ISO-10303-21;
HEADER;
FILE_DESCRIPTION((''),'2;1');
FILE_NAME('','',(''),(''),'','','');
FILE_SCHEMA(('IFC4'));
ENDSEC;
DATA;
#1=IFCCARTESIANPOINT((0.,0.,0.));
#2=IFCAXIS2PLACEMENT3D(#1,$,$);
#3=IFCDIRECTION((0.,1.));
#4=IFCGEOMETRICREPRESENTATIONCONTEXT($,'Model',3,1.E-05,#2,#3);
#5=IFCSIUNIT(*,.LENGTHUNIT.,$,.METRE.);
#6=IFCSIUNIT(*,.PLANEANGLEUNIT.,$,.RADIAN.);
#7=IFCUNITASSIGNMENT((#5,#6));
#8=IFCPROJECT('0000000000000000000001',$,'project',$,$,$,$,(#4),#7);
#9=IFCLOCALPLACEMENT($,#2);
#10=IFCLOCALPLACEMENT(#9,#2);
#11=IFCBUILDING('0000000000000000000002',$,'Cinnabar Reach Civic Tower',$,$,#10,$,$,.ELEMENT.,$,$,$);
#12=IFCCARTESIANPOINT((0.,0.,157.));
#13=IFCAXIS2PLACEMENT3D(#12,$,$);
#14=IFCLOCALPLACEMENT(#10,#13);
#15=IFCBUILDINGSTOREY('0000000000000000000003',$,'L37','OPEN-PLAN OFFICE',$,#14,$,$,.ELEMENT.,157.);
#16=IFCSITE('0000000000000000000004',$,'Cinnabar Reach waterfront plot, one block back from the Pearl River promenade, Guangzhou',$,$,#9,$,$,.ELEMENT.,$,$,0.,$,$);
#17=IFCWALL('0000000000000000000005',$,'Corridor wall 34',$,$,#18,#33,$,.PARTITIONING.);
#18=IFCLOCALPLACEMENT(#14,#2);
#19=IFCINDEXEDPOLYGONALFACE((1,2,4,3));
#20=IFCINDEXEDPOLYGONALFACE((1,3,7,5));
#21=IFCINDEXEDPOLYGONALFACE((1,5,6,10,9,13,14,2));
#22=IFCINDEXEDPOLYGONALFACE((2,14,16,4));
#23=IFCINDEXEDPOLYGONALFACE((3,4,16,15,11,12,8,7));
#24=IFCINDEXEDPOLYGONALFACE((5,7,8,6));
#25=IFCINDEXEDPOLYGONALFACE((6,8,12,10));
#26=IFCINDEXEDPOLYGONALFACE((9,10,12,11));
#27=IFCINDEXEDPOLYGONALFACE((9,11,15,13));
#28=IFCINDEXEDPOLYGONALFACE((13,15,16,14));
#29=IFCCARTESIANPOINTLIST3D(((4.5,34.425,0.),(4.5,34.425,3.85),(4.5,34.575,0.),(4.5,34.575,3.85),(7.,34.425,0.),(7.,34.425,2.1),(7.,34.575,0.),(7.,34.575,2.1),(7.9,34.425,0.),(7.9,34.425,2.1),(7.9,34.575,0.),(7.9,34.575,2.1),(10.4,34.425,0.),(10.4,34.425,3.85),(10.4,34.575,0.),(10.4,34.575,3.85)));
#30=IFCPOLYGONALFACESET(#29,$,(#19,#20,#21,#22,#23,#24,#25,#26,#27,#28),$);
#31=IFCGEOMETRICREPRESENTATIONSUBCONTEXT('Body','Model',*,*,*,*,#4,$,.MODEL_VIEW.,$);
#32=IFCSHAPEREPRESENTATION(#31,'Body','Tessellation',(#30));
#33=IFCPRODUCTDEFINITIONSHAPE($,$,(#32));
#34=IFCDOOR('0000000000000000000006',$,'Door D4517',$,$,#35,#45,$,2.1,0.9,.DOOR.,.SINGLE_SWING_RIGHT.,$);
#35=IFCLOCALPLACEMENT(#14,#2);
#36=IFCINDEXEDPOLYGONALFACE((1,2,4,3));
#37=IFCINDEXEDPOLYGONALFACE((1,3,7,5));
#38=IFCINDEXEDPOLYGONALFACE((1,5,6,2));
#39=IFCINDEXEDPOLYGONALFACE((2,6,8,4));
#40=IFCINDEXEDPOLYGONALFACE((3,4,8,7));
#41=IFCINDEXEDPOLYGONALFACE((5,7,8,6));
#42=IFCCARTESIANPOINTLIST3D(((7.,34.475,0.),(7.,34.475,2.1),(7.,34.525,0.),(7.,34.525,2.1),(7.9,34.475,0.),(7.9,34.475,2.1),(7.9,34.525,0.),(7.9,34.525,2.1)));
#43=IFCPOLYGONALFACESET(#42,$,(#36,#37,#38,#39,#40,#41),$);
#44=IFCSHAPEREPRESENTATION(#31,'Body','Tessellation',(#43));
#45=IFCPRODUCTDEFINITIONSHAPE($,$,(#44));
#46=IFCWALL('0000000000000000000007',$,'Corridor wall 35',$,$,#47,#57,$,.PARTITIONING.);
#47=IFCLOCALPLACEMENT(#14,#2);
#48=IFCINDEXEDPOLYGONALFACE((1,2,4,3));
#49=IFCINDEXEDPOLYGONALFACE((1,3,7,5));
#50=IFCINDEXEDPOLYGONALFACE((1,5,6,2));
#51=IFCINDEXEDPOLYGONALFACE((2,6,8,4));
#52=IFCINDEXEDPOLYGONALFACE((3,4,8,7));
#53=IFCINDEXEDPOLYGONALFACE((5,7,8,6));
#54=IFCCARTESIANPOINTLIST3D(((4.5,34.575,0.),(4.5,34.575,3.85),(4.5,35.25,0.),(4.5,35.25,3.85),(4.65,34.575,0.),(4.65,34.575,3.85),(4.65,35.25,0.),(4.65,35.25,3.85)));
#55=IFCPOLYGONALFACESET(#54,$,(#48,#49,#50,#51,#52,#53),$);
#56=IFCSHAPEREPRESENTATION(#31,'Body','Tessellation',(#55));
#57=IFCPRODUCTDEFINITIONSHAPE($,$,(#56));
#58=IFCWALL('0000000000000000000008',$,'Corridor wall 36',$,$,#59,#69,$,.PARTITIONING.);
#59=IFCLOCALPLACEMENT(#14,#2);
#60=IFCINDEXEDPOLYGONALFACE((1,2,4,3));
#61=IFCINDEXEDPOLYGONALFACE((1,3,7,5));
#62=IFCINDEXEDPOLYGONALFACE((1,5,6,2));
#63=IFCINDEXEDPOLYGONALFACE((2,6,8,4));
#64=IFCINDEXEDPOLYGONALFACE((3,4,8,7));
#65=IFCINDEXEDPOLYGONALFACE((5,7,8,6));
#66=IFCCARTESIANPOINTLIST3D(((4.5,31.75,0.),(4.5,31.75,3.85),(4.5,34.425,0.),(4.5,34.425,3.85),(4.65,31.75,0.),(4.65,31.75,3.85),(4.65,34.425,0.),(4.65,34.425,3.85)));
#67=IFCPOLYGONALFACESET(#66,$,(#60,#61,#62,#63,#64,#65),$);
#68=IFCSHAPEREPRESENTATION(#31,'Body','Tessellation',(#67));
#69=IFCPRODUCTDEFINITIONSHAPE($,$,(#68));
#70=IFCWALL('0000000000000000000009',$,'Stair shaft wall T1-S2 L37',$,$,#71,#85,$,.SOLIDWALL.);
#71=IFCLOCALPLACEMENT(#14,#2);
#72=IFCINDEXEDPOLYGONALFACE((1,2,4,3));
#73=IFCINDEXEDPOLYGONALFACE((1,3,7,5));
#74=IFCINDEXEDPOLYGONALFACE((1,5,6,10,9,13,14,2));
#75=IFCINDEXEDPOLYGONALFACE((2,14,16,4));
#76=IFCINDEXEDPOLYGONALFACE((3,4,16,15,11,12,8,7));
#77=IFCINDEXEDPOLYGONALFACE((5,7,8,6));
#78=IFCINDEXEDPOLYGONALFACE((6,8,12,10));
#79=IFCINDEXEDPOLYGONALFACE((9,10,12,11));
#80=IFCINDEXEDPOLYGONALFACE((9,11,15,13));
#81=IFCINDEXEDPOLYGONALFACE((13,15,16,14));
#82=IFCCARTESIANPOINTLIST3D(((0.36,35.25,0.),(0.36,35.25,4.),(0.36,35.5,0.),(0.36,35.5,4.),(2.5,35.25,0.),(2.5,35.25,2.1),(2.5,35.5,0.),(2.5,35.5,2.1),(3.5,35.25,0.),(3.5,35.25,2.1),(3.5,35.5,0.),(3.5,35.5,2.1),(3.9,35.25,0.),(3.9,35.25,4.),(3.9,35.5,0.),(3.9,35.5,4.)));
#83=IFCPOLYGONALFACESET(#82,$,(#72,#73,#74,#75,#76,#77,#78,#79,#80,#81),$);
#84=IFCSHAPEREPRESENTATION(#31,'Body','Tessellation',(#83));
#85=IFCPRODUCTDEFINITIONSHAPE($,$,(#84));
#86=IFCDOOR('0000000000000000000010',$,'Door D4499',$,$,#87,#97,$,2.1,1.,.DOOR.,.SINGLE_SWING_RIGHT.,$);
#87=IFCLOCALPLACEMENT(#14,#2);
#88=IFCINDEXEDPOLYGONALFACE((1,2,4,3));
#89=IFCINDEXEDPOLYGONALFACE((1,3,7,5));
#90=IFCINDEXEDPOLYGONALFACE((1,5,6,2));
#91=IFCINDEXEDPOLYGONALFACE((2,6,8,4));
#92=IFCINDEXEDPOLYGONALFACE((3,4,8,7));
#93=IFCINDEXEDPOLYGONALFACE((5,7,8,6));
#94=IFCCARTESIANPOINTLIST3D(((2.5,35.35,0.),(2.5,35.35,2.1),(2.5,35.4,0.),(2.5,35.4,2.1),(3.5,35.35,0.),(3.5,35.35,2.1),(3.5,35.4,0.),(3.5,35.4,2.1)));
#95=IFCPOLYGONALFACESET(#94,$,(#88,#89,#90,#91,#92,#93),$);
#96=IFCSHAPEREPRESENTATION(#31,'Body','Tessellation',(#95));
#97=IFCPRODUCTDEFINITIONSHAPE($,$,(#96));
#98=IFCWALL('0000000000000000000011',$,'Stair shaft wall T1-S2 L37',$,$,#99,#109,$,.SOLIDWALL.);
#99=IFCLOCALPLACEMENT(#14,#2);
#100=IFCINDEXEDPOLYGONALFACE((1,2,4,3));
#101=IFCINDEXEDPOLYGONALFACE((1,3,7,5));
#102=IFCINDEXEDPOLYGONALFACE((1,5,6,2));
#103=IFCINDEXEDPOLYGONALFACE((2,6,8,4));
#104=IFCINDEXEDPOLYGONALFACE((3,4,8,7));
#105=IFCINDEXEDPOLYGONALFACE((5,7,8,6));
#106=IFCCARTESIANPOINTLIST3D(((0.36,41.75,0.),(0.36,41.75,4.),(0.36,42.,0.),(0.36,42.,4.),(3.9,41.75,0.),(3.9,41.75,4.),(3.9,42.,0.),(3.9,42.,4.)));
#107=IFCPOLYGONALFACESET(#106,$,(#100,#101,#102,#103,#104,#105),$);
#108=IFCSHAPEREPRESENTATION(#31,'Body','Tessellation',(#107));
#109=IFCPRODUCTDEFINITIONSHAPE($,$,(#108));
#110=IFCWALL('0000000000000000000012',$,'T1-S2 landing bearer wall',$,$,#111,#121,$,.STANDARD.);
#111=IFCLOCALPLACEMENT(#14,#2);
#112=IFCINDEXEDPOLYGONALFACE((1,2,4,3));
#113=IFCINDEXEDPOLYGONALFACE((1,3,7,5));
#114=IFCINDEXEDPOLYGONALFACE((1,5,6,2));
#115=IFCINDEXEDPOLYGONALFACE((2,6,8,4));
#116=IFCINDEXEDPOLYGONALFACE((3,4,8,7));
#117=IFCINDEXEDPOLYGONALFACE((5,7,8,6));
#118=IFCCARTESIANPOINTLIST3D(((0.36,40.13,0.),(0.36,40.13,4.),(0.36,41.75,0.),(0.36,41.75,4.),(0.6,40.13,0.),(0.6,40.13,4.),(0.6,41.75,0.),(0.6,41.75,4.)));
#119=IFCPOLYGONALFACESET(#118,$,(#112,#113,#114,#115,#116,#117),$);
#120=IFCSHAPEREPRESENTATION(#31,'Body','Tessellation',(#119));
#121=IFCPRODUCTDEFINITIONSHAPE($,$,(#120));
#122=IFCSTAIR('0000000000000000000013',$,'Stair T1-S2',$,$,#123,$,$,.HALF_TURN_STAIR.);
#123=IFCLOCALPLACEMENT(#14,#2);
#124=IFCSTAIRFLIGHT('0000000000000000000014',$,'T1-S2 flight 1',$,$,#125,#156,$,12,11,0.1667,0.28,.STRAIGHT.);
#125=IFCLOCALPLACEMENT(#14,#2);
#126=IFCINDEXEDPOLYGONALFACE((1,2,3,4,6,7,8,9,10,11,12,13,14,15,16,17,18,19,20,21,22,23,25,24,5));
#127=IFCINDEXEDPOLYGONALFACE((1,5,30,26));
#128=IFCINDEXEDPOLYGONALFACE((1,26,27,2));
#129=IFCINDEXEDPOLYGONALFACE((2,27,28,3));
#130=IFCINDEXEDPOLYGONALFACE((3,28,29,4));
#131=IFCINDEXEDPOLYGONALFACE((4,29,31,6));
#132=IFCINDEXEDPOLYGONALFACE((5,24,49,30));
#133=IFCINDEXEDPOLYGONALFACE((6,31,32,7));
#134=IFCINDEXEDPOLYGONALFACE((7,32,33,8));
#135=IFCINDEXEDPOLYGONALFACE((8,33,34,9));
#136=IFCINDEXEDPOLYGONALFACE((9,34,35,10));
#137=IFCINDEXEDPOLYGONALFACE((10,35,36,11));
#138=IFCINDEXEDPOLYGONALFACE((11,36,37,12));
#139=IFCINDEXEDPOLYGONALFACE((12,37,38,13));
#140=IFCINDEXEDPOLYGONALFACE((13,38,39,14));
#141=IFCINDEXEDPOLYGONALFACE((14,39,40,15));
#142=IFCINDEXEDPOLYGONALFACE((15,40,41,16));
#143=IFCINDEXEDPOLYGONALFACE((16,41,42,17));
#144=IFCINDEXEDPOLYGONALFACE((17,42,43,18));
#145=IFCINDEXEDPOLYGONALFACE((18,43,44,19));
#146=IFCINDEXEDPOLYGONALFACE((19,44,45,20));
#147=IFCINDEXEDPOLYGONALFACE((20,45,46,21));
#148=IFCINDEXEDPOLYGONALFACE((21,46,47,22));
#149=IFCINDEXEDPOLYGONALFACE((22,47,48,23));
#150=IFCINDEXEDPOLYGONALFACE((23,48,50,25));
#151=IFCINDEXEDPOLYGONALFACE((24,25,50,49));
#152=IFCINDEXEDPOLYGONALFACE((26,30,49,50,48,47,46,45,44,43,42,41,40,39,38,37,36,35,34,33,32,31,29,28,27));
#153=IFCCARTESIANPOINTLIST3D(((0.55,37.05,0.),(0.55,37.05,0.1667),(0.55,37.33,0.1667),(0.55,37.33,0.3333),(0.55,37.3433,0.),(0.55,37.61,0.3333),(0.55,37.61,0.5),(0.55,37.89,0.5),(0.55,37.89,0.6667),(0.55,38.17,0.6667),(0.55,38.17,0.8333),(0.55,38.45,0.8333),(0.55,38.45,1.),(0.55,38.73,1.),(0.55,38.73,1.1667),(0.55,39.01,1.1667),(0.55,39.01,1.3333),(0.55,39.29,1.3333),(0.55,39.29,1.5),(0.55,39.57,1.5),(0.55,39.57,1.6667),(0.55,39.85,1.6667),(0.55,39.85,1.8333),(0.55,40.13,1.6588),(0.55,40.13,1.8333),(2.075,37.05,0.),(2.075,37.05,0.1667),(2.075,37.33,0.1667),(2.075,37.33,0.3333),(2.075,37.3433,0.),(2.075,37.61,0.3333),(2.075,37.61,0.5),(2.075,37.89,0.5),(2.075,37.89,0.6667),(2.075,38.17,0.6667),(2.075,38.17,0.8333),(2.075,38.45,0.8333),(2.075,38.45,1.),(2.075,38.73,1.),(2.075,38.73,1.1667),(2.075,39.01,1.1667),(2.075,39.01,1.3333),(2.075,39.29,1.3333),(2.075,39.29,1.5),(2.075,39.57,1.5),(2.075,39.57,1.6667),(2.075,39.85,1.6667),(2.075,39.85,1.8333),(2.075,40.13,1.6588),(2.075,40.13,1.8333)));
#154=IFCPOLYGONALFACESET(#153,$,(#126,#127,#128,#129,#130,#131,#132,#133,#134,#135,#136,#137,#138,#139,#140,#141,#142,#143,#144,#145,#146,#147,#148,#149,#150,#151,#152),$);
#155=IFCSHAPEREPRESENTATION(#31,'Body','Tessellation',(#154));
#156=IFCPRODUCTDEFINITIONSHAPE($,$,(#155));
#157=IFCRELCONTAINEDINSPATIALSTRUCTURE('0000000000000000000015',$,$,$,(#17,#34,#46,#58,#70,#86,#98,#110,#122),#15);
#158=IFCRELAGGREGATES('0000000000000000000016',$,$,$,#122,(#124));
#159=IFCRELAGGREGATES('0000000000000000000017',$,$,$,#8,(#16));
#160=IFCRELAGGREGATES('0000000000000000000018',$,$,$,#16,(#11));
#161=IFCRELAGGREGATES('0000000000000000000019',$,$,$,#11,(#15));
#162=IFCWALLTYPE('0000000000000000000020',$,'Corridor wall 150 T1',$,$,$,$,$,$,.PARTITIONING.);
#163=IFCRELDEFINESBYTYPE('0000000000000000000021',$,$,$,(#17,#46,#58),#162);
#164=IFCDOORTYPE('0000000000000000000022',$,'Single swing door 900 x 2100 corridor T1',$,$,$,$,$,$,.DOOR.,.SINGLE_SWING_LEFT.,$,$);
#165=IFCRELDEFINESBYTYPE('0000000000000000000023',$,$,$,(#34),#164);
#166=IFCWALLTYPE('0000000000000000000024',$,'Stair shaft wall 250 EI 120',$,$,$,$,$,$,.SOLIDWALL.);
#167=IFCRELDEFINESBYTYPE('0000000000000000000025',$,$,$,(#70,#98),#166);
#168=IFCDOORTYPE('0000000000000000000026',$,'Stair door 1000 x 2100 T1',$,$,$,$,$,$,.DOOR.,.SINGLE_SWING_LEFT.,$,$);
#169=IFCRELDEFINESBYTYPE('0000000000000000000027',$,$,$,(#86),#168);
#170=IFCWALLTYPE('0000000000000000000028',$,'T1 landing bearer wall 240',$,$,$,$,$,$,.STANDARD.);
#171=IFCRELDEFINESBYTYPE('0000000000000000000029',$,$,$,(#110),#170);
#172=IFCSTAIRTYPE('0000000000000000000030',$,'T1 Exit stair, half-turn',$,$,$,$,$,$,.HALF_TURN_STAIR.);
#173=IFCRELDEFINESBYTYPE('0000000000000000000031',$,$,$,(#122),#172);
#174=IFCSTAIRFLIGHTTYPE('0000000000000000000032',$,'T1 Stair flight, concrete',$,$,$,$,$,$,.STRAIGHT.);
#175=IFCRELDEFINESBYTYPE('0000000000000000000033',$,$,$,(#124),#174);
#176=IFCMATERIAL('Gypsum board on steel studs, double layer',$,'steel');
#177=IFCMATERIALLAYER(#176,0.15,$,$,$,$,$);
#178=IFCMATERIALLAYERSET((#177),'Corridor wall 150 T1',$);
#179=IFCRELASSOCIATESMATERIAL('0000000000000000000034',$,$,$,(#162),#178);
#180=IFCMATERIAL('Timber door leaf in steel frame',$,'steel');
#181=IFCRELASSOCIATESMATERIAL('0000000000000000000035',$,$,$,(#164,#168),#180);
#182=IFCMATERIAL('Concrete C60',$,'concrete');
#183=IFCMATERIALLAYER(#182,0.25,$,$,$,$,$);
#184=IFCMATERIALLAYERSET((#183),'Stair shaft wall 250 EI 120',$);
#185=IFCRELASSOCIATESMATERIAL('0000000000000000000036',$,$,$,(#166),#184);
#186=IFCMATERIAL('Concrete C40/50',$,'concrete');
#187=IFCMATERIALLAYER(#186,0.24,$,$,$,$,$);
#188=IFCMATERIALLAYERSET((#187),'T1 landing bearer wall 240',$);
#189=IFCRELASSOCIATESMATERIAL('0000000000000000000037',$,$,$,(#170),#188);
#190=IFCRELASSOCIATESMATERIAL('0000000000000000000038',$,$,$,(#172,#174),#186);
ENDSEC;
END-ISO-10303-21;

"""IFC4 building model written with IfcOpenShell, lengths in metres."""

from ifc_helpers import new_model, si_unit, direction, frame, frame_2d, origin, place, context, subcontext, project, spatial, polyline, rectangle, outline, extrude, material, layer, layer_set, type_object, element, fill, aggregate, save


model = new_model("IFC4")

# Units and contexts
model_context = context("Model", 3, precision=1e-05, world=origin(), true_north=direction((0.0, 1.0)))
body_context = subcontext(model_context, "Body", "Model", "MODEL_VIEW")
ifc_project = project(units=[si_unit("LENGTHUNIT", "METRE"), si_unit("PLANEANGLEUNIT", "RADIAN")], contexts=[model_context])

# Site, building, storey
site_placement = place(None, origin())
site = spatial("IfcSite", under=ifc_project, at=site_placement, Name="Cinnabar Reach waterfront plot, one block back from the Pearl River promenade, Guangzhou", CompositionType="ELEMENT", RefElevation=0.0)
building_placement = place(site_placement, origin())
building = spatial("IfcBuilding", under=site, at=building_placement, Name="Cinnabar Reach Civic Tower", CompositionType="ELEMENT")
storey_placement = place(building_placement, frame((0.0, 0.0, 157.0)))
storey = spatial("IfcBuildingStorey", under=building, at=storey_placement, Name="L37", Description="OPEN-PLAN OFFICE", CompositionType="ELEMENT", Elevation=157.0)

# Shared definitions
ifc_material_1 = material(Name="Gypsum board on steel studs, double layer", Category="steel")
ifc_layer_1 = layer(ifc_material_1, 0.15)
ifc_layer_set_1 = layer_set([ifc_layer_1], Name="Corridor wall 150 T1")
wall_type_1 = type_object("IfcWallType", Name="Corridor wall 150 T1", PredefinedType="PARTITIONING", material=ifc_layer_set_1)
ifc_material_2 = material(Name="Timber door leaf in steel frame", Category="steel")
door_type_1 = type_object("IfcDoorType", Name="Single swing door 900 x 2100 corridor T1", OperationType="SINGLE_SWING_LEFT", PredefinedType="DOOR", material=ifc_material_2)

# Wall, opening, door
wall_1_placement = place(storey_placement, frame((4.5, 34.5, 0.0), z_axis=(0.0, 0.0, 1.0), x_axis=(1.0, 0.0, 0.0)))
wall_1 = element("IfcWall", 1, at=wall_1_placement, inside=storey, type_object=wall_type_1, Name="Corridor wall 34", PredefinedType="PARTITIONING", context=body_context, shape_type="SweptSolid", body=[
    extrude(rectangle(XDim=5.9, YDim=0.15, at=frame_2d((2.95, 0.0))), origin(), (0.0, 0.0, 1.0), 3.85),
])
opening_1_placement = place(wall_1_placement, frame((2.5, 0.0, 0.0)))
opening_1 = element("IfcOpeningElement", 2, at=opening_1_placement, cuts=wall_1, PredefinedType="OPENING", context=body_context, shape_type="SweptSolid", body=[
    extrude(rectangle(XDim=0.9, YDim=2.1, at=frame_2d((0.45, 1.05))), frame((0.0, 0.085, 0.0), z_axis=(0.0, -1.0, 0.0), x_axis=(1.0, 0.0, 0.0)), (0.0, 0.0, 1.0), 0.17),
])
door_1_placement = place(opening_1_placement, frame((0.9, 0.0, 0.0), z_axis=(0.0, 0.0, 1.0), x_axis=(-1.0, 0.0, 0.0)))
door_1 = element("IfcDoor", 3, at=door_1_placement, inside=storey, type_object=door_type_1, Name="Door D4517", OperationType="SINGLE_SWING_RIGHT", OverallHeight=2.1, OverallWidth=0.9, PredefinedType="DOOR", context=body_context, shape_type="SweptSolid", body=[
    extrude(rectangle(XDim=0.9, YDim=2.1, at=frame_2d((0.45, 1.05))), frame((0.0, 0.025, 0.0), z_axis=(0.0, -1.0, 0.0), x_axis=(1.0, 0.0, 0.0)), (0.0, 0.0, 1.0), 0.05),
])
fill(opening_1, door_1)

# Walls
wall_2_placement = place(storey_placement, frame((4.575, 34.575, 0.0), z_axis=(0.0, 0.0, 1.0), x_axis=(0.0, 1.0, 0.0)))
element("IfcWall", 4, at=wall_2_placement, inside=storey, type_object=wall_type_1, Name="Corridor wall 35", PredefinedType="PARTITIONING", context=body_context, shape_type="SweptSolid", body=[
    extrude(rectangle(XDim=0.675, YDim=0.15, at=frame_2d((0.3375, 0.0))), origin(), (0.0, 0.0, 1.0), 3.85),
])
wall_3_placement = place(storey_placement, frame((4.575, 31.75, 0.0), z_axis=(0.0, 0.0, 1.0), x_axis=(0.0, 1.0, 0.0)))
element("IfcWall", 5, at=wall_3_placement, inside=storey, type_object=wall_type_1, Name="Corridor wall 36", PredefinedType="PARTITIONING", context=body_context, shape_type="SweptSolid", body=[
    extrude(rectangle(XDim=2.675, YDim=0.15, at=frame_2d((1.3375, 0.0))), origin(), (0.0, 0.0, 1.0), 3.85),
])

# Wall, opening, door
ifc_material_3 = material(Name="Concrete C60", Category="concrete")
ifc_layer_2 = layer(ifc_material_3, 0.25)
ifc_layer_set_2 = layer_set([ifc_layer_2], Name="Stair shaft wall 250 EI 120")
wall_type_2 = type_object("IfcWallType", Name="Stair shaft wall 250 EI 120", PredefinedType="SOLIDWALL", material=ifc_layer_set_2)
wall_4_placement = place(storey_placement, frame((0.36, 35.375, 0.0), z_axis=(0.0, 0.0, 1.0), x_axis=(1.0, 0.0, 0.0)))
wall_4 = element("IfcWall", 6, at=wall_4_placement, inside=storey, type_object=wall_type_2, Name="Stair shaft wall T1-S2 L37", PredefinedType="SOLIDWALL", context=body_context, shape_type="SweptSolid", body=[
    extrude(rectangle(XDim=3.54, YDim=0.25, at=frame_2d((1.77, 0.0))), origin(), (0.0, 0.0, 1.0), 4.0),
])
opening_2_placement = place(wall_4_placement, frame((2.14, 0.0, 0.0)))
opening_2 = element("IfcOpeningElement", 7, at=opening_2_placement, cuts=wall_4, PredefinedType="OPENING", context=body_context, shape_type="SweptSolid", body=[
    extrude(rectangle(XDim=1.0, YDim=2.1, at=frame_2d((0.5, 1.05))), frame((0.0, 0.135, 0.0), z_axis=(0.0, -1.0, 0.0), x_axis=(1.0, 0.0, 0.0)), (0.0, 0.0, 1.0), 0.27),
])
door_type_2 = type_object("IfcDoorType", Name="Stair door 1000 x 2100 T1", OperationType="SINGLE_SWING_LEFT", PredefinedType="DOOR", material=ifc_material_2)
door_2_placement = place(opening_2_placement, origin())
door_2 = element("IfcDoor", 8, at=door_2_placement, inside=storey, type_object=door_type_2, Name="Door D4499", OperationType="SINGLE_SWING_RIGHT", OverallHeight=2.1, OverallWidth=1.0, PredefinedType="DOOR", context=body_context, shape_type="SweptSolid", body=[
    extrude(rectangle(XDim=1.0, YDim=2.1, at=frame_2d((0.5, 1.05))), frame((0.0, 0.025, 0.0), z_axis=(0.0, -1.0, 0.0), x_axis=(1.0, 0.0, 0.0)), (0.0, 0.0, 1.0), 0.05),
])
fill(opening_2, door_2)

# Walls
wall_5_placement = place(storey_placement, frame((3.9, 41.875, 0.0), z_axis=(0.0, 0.0, 1.0), x_axis=(-1.0, 0.0, 0.0)))
element("IfcWall", 9, at=wall_5_placement, inside=storey, type_object=wall_type_2, Name="Stair shaft wall T1-S2 L37", PredefinedType="SOLIDWALL", context=body_context, shape_type="SweptSolid", body=[
    extrude(rectangle(XDim=3.54, YDim=0.25, at=frame_2d((1.77, 0.0))), origin(), (0.0, 0.0, 1.0), 4.0),
])
ifc_material_4 = material(Name="Concrete C40/50", Category="concrete")
ifc_layer_3 = layer(ifc_material_4, 0.24)
ifc_layer_set_3 = layer_set([ifc_layer_3], Name="T1 landing bearer wall 240")
wall_type_3 = type_object("IfcWallType", Name="T1 landing bearer wall 240", PredefinedType="STANDARD", material=ifc_layer_set_3)
wall_6_placement = place(storey_placement, frame((0.48, 40.13, 0.0), z_axis=(0.0, 0.0, 1.0), x_axis=(0.0, 1.0, 0.0)))
element("IfcWall", 10, at=wall_6_placement, inside=storey, type_object=wall_type_3, Name="T1-S2 landing bearer wall", PredefinedType="STANDARD", context=body_context, shape_type="SweptSolid", body=[
    extrude(rectangle(XDim=1.62, YDim=0.24, at=frame_2d((0.81, 0.0))), origin(), (0.0, 0.0, 1.0), 4.0),
])

# Stair, stair flight
stair_type = type_object("IfcStairType", Name="T1 Exit stair, half-turn", PredefinedType="HALF_TURN_STAIR", material=ifc_material_4)
stair_placement = place(storey_placement, origin())
stair = element("IfcStair", 11, at=stair_placement, inside=storey, type_object=stair_type, Name="Stair T1-S2", PredefinedType="HALF_TURN_STAIR")
stair_flight_type = type_object("IfcStairFlightType", Name="T1 Stair flight, concrete", PredefinedType="STRAIGHT", material=ifc_material_4)
stair_flight_1_placement = place(storey_placement, frame((1.3125, 37.05, 0.0), z_axis=(0.0, 0.0, 1.0), x_axis=(0.0, 1.0, 0.0)))
stair_flight_1 = element("IfcStairFlight", 12, at=stair_flight_1_placement, type_object=stair_flight_type, Name="T1-S2 flight 1", NumberOfRisers=12, NumberOfTreads=11, PredefinedType="STRAIGHT", RiserHeight=0.1667, TreadLength=0.28, context=body_context, shape_type="SweptSolid", body=[
    extrude(outline(polyline([(0.0, 0.0), (0.0, 0.1667), (0.28, 0.1667), (0.28, 0.3333), (0.56, 0.3333), (0.56, 0.5), (0.84, 0.5), (0.84, 0.6667), (1.12, 0.6667), (1.12, 0.8333), (1.4, 0.8333), (1.4, 1.0), (1.68, 1.0), (1.68, 1.1667), (1.96, 1.1667), (1.96, 1.3333), (2.24, 1.3333), (2.24, 1.5), (2.52, 1.5), (2.52, 1.6667), (2.8, 1.6667), (2.8, 1.8333), (3.08, 1.8333), (3.08, 2.0), (3.08, 1.6588), (0.2933, 0.0), (0.0, 0.0)])), frame((0.0, 0.7625, 0.0), z_axis=(0.0, -1.0, 0.0), x_axis=(1.0, 0.0, 0.0)), (0.0, 0.0, 1.0), 1.525),
])
aggregate(stair, [stair_flight_1])

save(model, "model.ifc")
